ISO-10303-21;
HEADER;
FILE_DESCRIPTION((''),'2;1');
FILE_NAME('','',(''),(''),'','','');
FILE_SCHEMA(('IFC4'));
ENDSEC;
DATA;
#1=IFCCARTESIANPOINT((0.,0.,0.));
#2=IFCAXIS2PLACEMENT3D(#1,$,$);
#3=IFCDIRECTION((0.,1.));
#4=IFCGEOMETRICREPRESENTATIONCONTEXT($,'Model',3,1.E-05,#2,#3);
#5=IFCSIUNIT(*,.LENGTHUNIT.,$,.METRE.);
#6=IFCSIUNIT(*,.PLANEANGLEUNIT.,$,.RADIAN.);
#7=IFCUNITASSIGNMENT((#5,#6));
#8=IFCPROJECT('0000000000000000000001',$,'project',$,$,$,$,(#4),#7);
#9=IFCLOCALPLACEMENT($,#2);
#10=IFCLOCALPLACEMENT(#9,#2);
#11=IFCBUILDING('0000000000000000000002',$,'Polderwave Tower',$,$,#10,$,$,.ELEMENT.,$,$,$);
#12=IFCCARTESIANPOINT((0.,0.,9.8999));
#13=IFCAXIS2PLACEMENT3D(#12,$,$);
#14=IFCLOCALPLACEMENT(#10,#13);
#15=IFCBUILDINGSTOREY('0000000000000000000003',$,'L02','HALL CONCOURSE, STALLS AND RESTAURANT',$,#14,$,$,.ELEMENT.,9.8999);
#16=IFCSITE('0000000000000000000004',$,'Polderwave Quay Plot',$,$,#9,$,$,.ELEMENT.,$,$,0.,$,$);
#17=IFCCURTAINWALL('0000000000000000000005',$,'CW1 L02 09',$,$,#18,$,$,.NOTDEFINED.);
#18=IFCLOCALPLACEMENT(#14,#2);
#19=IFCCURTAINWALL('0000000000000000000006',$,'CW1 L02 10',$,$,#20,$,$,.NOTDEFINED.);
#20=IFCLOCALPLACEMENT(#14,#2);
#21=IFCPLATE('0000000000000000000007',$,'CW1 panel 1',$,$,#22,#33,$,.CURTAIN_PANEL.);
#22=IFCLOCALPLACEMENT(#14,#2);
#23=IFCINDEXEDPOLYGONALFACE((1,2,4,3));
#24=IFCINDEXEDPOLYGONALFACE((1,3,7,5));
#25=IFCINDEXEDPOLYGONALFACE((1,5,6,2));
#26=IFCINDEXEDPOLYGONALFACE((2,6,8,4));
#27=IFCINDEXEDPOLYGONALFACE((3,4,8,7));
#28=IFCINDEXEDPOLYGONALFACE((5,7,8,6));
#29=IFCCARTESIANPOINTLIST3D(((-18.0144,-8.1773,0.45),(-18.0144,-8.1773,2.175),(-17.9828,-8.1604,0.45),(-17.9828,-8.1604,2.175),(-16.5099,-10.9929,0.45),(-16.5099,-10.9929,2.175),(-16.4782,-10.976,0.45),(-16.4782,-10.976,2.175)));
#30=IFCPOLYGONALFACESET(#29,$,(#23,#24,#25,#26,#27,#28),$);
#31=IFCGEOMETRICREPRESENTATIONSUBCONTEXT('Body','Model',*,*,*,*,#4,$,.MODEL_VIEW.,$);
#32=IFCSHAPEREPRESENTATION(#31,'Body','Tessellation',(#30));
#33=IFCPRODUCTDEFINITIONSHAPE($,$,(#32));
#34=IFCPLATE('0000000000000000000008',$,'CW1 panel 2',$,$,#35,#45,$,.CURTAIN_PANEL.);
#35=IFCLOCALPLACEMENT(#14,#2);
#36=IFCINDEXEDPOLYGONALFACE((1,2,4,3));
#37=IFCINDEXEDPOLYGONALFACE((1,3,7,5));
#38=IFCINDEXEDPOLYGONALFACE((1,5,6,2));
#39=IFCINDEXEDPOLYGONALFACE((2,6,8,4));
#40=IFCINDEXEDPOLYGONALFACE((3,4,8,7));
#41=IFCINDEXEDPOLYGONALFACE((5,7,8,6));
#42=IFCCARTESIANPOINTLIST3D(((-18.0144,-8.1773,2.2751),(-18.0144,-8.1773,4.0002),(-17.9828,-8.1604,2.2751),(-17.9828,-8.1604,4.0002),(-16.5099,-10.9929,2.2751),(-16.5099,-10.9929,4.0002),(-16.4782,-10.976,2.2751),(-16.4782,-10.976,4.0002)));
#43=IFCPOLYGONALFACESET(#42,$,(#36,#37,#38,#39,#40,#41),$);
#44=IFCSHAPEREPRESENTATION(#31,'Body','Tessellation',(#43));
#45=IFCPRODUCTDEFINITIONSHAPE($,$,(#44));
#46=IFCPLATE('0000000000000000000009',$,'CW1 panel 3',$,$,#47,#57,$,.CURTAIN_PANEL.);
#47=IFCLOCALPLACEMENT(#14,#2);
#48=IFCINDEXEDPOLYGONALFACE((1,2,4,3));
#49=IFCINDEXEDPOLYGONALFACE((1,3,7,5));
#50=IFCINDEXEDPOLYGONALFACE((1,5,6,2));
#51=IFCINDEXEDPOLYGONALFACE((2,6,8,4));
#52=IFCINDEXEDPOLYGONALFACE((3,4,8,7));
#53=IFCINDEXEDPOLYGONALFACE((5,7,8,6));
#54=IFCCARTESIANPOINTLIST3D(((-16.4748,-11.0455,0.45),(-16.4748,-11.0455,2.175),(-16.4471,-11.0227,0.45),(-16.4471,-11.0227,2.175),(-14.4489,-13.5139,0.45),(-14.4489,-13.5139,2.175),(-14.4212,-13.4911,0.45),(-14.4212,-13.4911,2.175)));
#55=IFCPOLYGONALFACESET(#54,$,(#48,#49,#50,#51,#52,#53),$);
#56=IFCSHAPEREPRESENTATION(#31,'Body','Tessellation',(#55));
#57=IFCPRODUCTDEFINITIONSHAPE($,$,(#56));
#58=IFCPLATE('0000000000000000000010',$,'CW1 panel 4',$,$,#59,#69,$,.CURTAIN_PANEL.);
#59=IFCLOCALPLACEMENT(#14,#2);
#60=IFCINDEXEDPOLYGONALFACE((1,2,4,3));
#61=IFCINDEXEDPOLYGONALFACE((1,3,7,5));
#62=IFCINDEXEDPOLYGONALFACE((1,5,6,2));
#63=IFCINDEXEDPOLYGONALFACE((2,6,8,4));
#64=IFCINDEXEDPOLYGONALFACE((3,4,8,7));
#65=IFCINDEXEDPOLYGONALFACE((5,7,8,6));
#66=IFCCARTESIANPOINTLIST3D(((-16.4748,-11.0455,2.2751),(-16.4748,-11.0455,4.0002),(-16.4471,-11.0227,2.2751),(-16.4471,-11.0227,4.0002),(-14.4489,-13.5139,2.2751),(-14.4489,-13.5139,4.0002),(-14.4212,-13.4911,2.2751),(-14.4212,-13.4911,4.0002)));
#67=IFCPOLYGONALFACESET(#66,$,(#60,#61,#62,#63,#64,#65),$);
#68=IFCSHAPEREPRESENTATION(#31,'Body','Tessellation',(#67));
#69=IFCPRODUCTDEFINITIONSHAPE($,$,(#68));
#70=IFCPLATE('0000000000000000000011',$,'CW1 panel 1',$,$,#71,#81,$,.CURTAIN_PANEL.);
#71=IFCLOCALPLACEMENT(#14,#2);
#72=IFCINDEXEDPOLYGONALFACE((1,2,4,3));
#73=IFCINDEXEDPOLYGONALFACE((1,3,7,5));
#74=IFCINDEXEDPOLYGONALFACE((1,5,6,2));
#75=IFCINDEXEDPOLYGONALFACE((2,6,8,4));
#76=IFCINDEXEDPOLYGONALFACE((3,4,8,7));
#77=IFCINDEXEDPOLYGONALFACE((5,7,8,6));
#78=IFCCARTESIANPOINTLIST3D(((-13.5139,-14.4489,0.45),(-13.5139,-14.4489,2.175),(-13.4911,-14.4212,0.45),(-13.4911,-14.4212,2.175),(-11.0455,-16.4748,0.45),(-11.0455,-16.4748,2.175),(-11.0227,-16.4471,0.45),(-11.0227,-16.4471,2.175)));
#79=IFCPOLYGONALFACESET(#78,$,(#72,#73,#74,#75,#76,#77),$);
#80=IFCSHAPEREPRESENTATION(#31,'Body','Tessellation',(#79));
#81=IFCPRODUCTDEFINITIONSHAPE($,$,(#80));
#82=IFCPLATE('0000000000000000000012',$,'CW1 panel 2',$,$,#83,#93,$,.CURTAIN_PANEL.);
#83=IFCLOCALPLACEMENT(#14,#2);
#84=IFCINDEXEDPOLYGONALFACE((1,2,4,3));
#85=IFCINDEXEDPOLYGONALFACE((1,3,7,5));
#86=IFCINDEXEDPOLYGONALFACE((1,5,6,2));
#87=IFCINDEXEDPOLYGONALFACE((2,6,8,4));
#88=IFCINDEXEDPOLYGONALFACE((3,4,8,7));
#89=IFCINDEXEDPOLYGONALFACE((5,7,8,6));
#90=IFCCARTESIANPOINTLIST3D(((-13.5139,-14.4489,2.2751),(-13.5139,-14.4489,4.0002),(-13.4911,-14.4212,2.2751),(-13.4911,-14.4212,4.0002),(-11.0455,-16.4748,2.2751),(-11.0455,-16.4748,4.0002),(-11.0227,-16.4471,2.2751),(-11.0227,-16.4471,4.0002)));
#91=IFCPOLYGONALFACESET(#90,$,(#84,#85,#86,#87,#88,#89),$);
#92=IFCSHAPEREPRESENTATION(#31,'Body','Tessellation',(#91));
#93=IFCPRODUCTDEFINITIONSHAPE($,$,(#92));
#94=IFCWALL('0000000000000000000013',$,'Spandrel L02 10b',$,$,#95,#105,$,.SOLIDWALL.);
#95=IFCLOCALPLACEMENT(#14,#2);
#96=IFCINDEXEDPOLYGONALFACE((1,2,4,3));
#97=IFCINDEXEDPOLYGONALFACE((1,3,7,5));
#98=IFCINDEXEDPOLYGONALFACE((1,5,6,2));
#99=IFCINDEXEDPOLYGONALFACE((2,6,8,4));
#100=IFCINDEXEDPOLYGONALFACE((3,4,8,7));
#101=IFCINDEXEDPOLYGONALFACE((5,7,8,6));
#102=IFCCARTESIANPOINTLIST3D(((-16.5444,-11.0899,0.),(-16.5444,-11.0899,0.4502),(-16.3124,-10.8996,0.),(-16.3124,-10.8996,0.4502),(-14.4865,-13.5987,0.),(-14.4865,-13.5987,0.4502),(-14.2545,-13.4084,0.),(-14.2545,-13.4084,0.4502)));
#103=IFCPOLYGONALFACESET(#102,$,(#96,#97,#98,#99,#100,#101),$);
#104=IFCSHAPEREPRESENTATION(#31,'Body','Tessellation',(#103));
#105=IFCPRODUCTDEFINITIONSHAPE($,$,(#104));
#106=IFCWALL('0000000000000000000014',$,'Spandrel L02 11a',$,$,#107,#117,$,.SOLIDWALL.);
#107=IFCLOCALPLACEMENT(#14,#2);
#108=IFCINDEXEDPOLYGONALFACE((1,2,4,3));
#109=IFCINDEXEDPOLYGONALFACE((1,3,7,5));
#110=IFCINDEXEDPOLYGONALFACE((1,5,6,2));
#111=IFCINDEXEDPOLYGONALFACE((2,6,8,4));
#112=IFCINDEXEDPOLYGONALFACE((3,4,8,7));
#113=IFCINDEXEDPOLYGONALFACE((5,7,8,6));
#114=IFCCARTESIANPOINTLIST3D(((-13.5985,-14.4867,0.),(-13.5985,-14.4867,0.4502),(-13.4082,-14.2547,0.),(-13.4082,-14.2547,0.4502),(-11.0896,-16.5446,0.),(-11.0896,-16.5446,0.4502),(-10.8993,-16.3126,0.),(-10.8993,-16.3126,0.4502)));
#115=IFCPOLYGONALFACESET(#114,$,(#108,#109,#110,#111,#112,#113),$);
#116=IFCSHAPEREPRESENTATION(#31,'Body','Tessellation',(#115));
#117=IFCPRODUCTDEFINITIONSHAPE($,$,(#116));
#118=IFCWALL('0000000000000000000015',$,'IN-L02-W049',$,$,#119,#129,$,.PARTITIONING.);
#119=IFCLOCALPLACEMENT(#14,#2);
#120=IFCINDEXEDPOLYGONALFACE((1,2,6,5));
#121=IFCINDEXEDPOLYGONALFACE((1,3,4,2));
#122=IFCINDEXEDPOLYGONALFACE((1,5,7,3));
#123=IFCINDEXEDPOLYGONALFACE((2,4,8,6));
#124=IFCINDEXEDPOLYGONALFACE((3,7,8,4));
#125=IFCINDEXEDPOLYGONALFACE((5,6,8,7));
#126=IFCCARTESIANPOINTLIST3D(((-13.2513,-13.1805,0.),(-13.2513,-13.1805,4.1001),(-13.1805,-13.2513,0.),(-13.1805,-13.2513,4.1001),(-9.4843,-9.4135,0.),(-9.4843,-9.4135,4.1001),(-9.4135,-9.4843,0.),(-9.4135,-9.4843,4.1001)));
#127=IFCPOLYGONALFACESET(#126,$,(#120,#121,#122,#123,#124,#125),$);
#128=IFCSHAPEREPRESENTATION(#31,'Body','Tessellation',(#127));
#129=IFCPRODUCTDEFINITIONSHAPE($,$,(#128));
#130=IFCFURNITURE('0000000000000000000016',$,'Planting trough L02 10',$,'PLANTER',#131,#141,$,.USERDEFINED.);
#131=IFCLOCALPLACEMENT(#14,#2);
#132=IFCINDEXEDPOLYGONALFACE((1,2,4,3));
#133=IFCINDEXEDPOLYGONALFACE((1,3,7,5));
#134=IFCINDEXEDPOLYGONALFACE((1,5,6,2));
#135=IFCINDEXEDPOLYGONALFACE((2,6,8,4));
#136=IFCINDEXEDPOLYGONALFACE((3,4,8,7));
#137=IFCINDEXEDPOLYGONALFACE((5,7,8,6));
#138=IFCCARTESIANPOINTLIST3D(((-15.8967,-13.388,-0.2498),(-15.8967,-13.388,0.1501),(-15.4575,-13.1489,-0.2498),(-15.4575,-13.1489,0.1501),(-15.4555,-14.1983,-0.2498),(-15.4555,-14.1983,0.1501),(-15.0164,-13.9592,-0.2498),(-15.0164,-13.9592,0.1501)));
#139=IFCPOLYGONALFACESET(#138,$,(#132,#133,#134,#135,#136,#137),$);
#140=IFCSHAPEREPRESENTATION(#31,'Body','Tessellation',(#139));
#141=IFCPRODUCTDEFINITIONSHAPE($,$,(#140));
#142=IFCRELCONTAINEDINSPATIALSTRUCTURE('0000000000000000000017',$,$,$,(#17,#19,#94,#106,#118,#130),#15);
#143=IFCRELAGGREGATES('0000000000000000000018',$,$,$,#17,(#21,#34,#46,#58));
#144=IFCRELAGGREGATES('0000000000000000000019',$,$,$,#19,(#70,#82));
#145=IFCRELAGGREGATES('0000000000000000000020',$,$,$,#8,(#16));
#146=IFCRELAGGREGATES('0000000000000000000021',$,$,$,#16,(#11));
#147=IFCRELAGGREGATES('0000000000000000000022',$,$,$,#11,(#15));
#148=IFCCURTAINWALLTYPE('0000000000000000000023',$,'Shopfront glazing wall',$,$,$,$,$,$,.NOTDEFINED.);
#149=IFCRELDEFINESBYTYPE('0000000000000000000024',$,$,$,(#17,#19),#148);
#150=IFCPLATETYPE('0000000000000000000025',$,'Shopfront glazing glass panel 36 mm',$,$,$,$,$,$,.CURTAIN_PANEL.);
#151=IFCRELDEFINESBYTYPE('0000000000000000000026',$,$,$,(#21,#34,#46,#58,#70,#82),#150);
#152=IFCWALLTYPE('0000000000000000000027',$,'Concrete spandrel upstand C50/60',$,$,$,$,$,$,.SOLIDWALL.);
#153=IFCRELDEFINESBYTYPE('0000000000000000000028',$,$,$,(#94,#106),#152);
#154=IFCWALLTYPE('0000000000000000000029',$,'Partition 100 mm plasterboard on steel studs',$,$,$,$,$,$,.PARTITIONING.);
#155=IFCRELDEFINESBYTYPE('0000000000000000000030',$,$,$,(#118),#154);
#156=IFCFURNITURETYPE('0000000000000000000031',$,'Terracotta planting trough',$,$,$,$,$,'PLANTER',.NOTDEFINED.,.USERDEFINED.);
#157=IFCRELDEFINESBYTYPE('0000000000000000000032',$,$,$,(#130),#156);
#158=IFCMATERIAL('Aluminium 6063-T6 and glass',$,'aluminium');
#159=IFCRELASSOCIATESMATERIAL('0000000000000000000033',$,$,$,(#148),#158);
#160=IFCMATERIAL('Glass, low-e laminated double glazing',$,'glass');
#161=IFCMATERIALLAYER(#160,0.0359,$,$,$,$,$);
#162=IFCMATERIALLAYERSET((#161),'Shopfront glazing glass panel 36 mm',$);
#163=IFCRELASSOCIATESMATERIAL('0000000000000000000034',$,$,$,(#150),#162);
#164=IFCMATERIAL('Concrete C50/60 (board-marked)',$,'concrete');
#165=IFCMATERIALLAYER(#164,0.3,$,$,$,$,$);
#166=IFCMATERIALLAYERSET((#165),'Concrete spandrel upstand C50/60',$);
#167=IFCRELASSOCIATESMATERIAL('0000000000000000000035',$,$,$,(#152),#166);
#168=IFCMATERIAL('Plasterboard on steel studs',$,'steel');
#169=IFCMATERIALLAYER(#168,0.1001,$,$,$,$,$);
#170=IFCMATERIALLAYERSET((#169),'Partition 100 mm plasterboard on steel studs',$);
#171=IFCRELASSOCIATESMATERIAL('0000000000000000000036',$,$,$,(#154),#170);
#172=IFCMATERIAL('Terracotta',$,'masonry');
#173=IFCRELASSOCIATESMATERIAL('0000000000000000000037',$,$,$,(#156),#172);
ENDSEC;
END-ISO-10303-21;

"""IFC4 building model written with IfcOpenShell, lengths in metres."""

from ifc_helpers import new_model, si_unit, direction, frame, frame_2d, origin, origin_2d, place, context, subcontext, project, spatial, rectangle, extrude, material, layer, layer_set, type_object, element, aggregate, save


model = new_model("IFC4")

# Units and contexts
model_context = context("Model", 3, precision=1e-05, world=origin(), true_north=direction((0.0, 1.0)))
body_context = subcontext(model_context, "Body", "Model", "MODEL_VIEW")
ifc_project = project(units=[si_unit("LENGTHUNIT", "METRE"), si_unit("PLANEANGLEUNIT", "RADIAN")], contexts=[model_context])

# Site, building, storey
site_placement = place(None, origin())
site = spatial("IfcSite", under=ifc_project, at=site_placement, Name="Polderwave Quay Plot", CompositionType="ELEMENT", RefElevation=0.0)
building_placement = place(site_placement, origin())
building = spatial("IfcBuilding", under=site, at=building_placement, Name="Polderwave Tower", CompositionType="ELEMENT")
storey_placement = place(building_placement, frame((0.0, 0.0, 9.8999)))
storey = spatial("IfcBuildingStorey", under=building, at=storey_placement, Name="L02", Description="HALL CONCOURSE, STALLS AND RESTAURANT", CompositionType="ELEMENT", Elevation=9.8999)

# Curtain walls
ifc_material_1 = material(Name="Aluminium 6063-T6 and glass", Category="aluminium")
curtain_wall_type = type_object("IfcCurtainWallType", Name="Shopfront glazing wall", PredefinedType="NOTDEFINED", material=ifc_material_1)
curtain_wall_1_placement = place(storey_placement, origin())
curtain_wall_1 = element("IfcCurtainWall", 1, at=curtain_wall_1_placement, inside=storey, type_object=curtain_wall_type, Name="CW1 L02 09", PredefinedType="NOTDEFINED")
curtain_wall_2_placement = place(storey_placement, origin())
curtain_wall_2 = element("IfcCurtainWall", 2, at=curtain_wall_2_placement, inside=storey, type_object=curtain_wall_type, Name="CW1 L02 10", PredefinedType="NOTDEFINED")

# Plates
ifc_material_2 = material(Name="Glass, low-e laminated double glazing", Category="glass")
ifc_layer_1 = layer(ifc_material_2, 0.0359)
ifc_layer_set_1 = layer_set([ifc_layer_1], Name="Shopfront glazing glass panel 36 mm")
plate_type = type_object("IfcPlateType", Name="Shopfront glazing glass panel 36 mm", PredefinedType="CURTAIN_PANEL", material=ifc_layer_set_1)
plate_1_placement = place(storey_placement, frame((-17.2463, -9.5767, 0.45), z_axis=(0.0, 0.0, 1.0), x_axis=(0.4713, -0.881973, 0.0)))
plate_1 = element("IfcPlate", 3, at=plate_1_placement, type_object=plate_type, Name="CW1 panel 1", PredefinedType="CURTAIN_PANEL", context=body_context, shape_type="SweptSolid", body=[
    extrude(rectangle(XDim=3.1924, YDim=0.0359, at=origin_2d()), origin(), (0.0, 0.0, 1.0), 1.7251),
])
plate_2_placement = place(storey_placement, frame((-17.2463, -9.5767, 2.2751), z_axis=(0.0, 0.0, 1.0), x_axis=(0.4713, -0.881973, 0.0)))
plate_2 = element("IfcPlate", 4, at=plate_2_placement, type_object=plate_type, Name="CW1 panel 2", PredefinedType="CURTAIN_PANEL", context=body_context, shape_type="SweptSolid", body=[
    extrude(rectangle(XDim=3.1924, YDim=0.0359, at=origin_2d()), origin(), (0.0, 0.0, 1.0), 1.7251),
])
plate_3_placement = place(storey_placement, frame((-15.448, -12.2683, 0.45), z_axis=(0.0, 0.0, 1.0), x_axis=(0.634415, -0.772993, 0.0)))
plate_3 = element("IfcPlate", 5, at=plate_3_placement, type_object=plate_type, Name="CW1 panel 3", PredefinedType="CURTAIN_PANEL", context=body_context, shape_type="SweptSolid", body=[
    extrude(rectangle(XDim=3.1934, YDim=0.0359, at=origin_2d()), origin(), (0.0, 0.0, 1.0), 1.7251),
])
plate_4_placement = place(storey_placement, frame((-15.448, -12.2683, 2.2751), z_axis=(0.0, 0.0, 1.0), x_axis=(0.634415, -0.772993, 0.0)))
plate_4 = element("IfcPlate", 6, at=plate_4_placement, type_object=plate_type, Name="CW1 panel 4", PredefinedType="CURTAIN_PANEL", context=body_context, shape_type="SweptSolid", body=[
    extrude(rectangle(XDim=3.1934, YDim=0.0359, at=origin_2d()), origin(), (0.0, 0.0, 1.0), 1.7251),
])
aggregate(curtain_wall_1, [plate_1, plate_2, plate_3, plate_4])
plate_5_placement = place(storey_placement, frame((-12.2683, -15.448, 0.45), z_axis=(0.0, 0.0, 1.0), x_axis=(0.772993, -0.634415, 0.0)))
plate_5 = element("IfcPlate", 7, at=plate_5_placement, type_object=plate_type, Name="CW1 panel 1", PredefinedType="CURTAIN_PANEL", context=body_context, shape_type="SweptSolid", body=[
    extrude(rectangle(XDim=3.1934, YDim=0.0359, at=origin_2d()), origin(), (0.0, 0.0, 1.0), 1.7251),
])
plate_6_placement = place(storey_placement, frame((-12.2683, -15.448, 2.2751), z_axis=(0.0, 0.0, 1.0), x_axis=(0.772993, -0.634415, 0.0)))
plate_6 = element("IfcPlate", 8, at=plate_6_placement, type_object=plate_type, Name="CW1 panel 2", PredefinedType="CURTAIN_PANEL", context=body_context, shape_type="SweptSolid", body=[
    extrude(rectangle(XDim=3.1934, YDim=0.0359, at=origin_2d()), origin(), (0.0, 0.0, 1.0), 1.7251),
])
aggregate(curtain_wall_2, [plate_5, plate_6])

# Walls
ifc_material_3 = material(Name="Concrete C50/60 (board-marked)", Category="concrete")
ifc_layer_2 = layer(ifc_material_3, 0.3)
ifc_layer_set_2 = layer_set([ifc_layer_2], Name="Concrete spandrel upstand C50/60")
wall_type_1 = type_object("IfcWallType", Name="Concrete spandrel upstand C50/60", PredefinedType="SOLIDWALL", material=ifc_layer_set_2)
for number, where, z_axis, x_axis, name in (
    (9, (-16.4285, -10.9946, 0.0), (0.0, 0.0, 1.0), (0.6342, -0.773169, 0.0), "Spandrel L02 10b"),
    (10, (-13.5034, -14.3706, 0.0), (0.0, 0.0, 1.0), (0.773169, -0.6342, 0.0), "Spandrel L02 11a"),
):
    element("IfcWall", number, at=place(storey_placement, frame(where, z_axis=z_axis, x_axis=x_axis)), inside=storey, type_object=wall_type_1, Name=name, PredefinedType="SOLIDWALL", context=body_context, shape_type="SweptSolid", body=[
        extrude(rectangle(XDim=3.2449, YDim=0.3, at=frame_2d((1.6226, 0.0))), origin(), (0.0, 0.0, 1.0), 0.4502),
    ])
ifc_material_4 = material(Name="Plasterboard on steel studs", Category="steel")
ifc_layer_3 = layer(ifc_material_4, 0.1001)
ifc_layer_set_3 = layer_set([ifc_layer_3], Name="Partition 100 mm plasterboard on steel studs")
wall_type_2 = type_object("IfcWallType", Name="Partition 100 mm plasterboard on steel studs", PredefinedType="PARTITIONING", material=ifc_layer_set_3)
wall_placement = place(storey_placement, frame((-13.2158, -13.2158, 0.0), z_axis=(0.0, 0.0, 1.0), x_axis=(0.707107, 0.707107, 0.0)))
element("IfcWall", 11, at=wall_placement, inside=storey, type_object=wall_type_2, Name="IN-L02-W049", PredefinedType="PARTITIONING", context=body_context, shape_type="SweptSolid", body=[
    extrude(rectangle(XDim=5.3274, YDim=0.1001, at=frame_2d((2.6636, 0.0))), origin(), (0.0, 0.0, 1.0), 4.1001),
])

# Furniture
ifc_material_5 = material(Name="Terracotta", Category="masonry")
furniture_type = type_object("IfcFurnitureType", Name="Terracotta planting trough", ElementType="PLANTER", AssemblyPlace="NOTDEFINED", PredefinedType="USERDEFINED", material=ifc_material_5)
furniture_placement = place(storey_placement, frame((-15.4565, -13.6736, -0.2498), z_axis=(0.0, 0.0, 1.0), x_axis=(0.478149, -0.878279, 0.0)))
element("IfcFurniture", 12, at=furniture_placement, inside=storey, type_object=furniture_type, Name="Planting trough L02 10", ObjectType="PLANTER", PredefinedType="USERDEFINED", context=body_context, shape_type="SweptSolid", body=[
    extrude(rectangle(XDim=0.9226, YDim=0.5, at=origin_2d()), origin(), (0.0, 0.0, 1.0), 0.3999),
])

save(model, "model.ifc")
